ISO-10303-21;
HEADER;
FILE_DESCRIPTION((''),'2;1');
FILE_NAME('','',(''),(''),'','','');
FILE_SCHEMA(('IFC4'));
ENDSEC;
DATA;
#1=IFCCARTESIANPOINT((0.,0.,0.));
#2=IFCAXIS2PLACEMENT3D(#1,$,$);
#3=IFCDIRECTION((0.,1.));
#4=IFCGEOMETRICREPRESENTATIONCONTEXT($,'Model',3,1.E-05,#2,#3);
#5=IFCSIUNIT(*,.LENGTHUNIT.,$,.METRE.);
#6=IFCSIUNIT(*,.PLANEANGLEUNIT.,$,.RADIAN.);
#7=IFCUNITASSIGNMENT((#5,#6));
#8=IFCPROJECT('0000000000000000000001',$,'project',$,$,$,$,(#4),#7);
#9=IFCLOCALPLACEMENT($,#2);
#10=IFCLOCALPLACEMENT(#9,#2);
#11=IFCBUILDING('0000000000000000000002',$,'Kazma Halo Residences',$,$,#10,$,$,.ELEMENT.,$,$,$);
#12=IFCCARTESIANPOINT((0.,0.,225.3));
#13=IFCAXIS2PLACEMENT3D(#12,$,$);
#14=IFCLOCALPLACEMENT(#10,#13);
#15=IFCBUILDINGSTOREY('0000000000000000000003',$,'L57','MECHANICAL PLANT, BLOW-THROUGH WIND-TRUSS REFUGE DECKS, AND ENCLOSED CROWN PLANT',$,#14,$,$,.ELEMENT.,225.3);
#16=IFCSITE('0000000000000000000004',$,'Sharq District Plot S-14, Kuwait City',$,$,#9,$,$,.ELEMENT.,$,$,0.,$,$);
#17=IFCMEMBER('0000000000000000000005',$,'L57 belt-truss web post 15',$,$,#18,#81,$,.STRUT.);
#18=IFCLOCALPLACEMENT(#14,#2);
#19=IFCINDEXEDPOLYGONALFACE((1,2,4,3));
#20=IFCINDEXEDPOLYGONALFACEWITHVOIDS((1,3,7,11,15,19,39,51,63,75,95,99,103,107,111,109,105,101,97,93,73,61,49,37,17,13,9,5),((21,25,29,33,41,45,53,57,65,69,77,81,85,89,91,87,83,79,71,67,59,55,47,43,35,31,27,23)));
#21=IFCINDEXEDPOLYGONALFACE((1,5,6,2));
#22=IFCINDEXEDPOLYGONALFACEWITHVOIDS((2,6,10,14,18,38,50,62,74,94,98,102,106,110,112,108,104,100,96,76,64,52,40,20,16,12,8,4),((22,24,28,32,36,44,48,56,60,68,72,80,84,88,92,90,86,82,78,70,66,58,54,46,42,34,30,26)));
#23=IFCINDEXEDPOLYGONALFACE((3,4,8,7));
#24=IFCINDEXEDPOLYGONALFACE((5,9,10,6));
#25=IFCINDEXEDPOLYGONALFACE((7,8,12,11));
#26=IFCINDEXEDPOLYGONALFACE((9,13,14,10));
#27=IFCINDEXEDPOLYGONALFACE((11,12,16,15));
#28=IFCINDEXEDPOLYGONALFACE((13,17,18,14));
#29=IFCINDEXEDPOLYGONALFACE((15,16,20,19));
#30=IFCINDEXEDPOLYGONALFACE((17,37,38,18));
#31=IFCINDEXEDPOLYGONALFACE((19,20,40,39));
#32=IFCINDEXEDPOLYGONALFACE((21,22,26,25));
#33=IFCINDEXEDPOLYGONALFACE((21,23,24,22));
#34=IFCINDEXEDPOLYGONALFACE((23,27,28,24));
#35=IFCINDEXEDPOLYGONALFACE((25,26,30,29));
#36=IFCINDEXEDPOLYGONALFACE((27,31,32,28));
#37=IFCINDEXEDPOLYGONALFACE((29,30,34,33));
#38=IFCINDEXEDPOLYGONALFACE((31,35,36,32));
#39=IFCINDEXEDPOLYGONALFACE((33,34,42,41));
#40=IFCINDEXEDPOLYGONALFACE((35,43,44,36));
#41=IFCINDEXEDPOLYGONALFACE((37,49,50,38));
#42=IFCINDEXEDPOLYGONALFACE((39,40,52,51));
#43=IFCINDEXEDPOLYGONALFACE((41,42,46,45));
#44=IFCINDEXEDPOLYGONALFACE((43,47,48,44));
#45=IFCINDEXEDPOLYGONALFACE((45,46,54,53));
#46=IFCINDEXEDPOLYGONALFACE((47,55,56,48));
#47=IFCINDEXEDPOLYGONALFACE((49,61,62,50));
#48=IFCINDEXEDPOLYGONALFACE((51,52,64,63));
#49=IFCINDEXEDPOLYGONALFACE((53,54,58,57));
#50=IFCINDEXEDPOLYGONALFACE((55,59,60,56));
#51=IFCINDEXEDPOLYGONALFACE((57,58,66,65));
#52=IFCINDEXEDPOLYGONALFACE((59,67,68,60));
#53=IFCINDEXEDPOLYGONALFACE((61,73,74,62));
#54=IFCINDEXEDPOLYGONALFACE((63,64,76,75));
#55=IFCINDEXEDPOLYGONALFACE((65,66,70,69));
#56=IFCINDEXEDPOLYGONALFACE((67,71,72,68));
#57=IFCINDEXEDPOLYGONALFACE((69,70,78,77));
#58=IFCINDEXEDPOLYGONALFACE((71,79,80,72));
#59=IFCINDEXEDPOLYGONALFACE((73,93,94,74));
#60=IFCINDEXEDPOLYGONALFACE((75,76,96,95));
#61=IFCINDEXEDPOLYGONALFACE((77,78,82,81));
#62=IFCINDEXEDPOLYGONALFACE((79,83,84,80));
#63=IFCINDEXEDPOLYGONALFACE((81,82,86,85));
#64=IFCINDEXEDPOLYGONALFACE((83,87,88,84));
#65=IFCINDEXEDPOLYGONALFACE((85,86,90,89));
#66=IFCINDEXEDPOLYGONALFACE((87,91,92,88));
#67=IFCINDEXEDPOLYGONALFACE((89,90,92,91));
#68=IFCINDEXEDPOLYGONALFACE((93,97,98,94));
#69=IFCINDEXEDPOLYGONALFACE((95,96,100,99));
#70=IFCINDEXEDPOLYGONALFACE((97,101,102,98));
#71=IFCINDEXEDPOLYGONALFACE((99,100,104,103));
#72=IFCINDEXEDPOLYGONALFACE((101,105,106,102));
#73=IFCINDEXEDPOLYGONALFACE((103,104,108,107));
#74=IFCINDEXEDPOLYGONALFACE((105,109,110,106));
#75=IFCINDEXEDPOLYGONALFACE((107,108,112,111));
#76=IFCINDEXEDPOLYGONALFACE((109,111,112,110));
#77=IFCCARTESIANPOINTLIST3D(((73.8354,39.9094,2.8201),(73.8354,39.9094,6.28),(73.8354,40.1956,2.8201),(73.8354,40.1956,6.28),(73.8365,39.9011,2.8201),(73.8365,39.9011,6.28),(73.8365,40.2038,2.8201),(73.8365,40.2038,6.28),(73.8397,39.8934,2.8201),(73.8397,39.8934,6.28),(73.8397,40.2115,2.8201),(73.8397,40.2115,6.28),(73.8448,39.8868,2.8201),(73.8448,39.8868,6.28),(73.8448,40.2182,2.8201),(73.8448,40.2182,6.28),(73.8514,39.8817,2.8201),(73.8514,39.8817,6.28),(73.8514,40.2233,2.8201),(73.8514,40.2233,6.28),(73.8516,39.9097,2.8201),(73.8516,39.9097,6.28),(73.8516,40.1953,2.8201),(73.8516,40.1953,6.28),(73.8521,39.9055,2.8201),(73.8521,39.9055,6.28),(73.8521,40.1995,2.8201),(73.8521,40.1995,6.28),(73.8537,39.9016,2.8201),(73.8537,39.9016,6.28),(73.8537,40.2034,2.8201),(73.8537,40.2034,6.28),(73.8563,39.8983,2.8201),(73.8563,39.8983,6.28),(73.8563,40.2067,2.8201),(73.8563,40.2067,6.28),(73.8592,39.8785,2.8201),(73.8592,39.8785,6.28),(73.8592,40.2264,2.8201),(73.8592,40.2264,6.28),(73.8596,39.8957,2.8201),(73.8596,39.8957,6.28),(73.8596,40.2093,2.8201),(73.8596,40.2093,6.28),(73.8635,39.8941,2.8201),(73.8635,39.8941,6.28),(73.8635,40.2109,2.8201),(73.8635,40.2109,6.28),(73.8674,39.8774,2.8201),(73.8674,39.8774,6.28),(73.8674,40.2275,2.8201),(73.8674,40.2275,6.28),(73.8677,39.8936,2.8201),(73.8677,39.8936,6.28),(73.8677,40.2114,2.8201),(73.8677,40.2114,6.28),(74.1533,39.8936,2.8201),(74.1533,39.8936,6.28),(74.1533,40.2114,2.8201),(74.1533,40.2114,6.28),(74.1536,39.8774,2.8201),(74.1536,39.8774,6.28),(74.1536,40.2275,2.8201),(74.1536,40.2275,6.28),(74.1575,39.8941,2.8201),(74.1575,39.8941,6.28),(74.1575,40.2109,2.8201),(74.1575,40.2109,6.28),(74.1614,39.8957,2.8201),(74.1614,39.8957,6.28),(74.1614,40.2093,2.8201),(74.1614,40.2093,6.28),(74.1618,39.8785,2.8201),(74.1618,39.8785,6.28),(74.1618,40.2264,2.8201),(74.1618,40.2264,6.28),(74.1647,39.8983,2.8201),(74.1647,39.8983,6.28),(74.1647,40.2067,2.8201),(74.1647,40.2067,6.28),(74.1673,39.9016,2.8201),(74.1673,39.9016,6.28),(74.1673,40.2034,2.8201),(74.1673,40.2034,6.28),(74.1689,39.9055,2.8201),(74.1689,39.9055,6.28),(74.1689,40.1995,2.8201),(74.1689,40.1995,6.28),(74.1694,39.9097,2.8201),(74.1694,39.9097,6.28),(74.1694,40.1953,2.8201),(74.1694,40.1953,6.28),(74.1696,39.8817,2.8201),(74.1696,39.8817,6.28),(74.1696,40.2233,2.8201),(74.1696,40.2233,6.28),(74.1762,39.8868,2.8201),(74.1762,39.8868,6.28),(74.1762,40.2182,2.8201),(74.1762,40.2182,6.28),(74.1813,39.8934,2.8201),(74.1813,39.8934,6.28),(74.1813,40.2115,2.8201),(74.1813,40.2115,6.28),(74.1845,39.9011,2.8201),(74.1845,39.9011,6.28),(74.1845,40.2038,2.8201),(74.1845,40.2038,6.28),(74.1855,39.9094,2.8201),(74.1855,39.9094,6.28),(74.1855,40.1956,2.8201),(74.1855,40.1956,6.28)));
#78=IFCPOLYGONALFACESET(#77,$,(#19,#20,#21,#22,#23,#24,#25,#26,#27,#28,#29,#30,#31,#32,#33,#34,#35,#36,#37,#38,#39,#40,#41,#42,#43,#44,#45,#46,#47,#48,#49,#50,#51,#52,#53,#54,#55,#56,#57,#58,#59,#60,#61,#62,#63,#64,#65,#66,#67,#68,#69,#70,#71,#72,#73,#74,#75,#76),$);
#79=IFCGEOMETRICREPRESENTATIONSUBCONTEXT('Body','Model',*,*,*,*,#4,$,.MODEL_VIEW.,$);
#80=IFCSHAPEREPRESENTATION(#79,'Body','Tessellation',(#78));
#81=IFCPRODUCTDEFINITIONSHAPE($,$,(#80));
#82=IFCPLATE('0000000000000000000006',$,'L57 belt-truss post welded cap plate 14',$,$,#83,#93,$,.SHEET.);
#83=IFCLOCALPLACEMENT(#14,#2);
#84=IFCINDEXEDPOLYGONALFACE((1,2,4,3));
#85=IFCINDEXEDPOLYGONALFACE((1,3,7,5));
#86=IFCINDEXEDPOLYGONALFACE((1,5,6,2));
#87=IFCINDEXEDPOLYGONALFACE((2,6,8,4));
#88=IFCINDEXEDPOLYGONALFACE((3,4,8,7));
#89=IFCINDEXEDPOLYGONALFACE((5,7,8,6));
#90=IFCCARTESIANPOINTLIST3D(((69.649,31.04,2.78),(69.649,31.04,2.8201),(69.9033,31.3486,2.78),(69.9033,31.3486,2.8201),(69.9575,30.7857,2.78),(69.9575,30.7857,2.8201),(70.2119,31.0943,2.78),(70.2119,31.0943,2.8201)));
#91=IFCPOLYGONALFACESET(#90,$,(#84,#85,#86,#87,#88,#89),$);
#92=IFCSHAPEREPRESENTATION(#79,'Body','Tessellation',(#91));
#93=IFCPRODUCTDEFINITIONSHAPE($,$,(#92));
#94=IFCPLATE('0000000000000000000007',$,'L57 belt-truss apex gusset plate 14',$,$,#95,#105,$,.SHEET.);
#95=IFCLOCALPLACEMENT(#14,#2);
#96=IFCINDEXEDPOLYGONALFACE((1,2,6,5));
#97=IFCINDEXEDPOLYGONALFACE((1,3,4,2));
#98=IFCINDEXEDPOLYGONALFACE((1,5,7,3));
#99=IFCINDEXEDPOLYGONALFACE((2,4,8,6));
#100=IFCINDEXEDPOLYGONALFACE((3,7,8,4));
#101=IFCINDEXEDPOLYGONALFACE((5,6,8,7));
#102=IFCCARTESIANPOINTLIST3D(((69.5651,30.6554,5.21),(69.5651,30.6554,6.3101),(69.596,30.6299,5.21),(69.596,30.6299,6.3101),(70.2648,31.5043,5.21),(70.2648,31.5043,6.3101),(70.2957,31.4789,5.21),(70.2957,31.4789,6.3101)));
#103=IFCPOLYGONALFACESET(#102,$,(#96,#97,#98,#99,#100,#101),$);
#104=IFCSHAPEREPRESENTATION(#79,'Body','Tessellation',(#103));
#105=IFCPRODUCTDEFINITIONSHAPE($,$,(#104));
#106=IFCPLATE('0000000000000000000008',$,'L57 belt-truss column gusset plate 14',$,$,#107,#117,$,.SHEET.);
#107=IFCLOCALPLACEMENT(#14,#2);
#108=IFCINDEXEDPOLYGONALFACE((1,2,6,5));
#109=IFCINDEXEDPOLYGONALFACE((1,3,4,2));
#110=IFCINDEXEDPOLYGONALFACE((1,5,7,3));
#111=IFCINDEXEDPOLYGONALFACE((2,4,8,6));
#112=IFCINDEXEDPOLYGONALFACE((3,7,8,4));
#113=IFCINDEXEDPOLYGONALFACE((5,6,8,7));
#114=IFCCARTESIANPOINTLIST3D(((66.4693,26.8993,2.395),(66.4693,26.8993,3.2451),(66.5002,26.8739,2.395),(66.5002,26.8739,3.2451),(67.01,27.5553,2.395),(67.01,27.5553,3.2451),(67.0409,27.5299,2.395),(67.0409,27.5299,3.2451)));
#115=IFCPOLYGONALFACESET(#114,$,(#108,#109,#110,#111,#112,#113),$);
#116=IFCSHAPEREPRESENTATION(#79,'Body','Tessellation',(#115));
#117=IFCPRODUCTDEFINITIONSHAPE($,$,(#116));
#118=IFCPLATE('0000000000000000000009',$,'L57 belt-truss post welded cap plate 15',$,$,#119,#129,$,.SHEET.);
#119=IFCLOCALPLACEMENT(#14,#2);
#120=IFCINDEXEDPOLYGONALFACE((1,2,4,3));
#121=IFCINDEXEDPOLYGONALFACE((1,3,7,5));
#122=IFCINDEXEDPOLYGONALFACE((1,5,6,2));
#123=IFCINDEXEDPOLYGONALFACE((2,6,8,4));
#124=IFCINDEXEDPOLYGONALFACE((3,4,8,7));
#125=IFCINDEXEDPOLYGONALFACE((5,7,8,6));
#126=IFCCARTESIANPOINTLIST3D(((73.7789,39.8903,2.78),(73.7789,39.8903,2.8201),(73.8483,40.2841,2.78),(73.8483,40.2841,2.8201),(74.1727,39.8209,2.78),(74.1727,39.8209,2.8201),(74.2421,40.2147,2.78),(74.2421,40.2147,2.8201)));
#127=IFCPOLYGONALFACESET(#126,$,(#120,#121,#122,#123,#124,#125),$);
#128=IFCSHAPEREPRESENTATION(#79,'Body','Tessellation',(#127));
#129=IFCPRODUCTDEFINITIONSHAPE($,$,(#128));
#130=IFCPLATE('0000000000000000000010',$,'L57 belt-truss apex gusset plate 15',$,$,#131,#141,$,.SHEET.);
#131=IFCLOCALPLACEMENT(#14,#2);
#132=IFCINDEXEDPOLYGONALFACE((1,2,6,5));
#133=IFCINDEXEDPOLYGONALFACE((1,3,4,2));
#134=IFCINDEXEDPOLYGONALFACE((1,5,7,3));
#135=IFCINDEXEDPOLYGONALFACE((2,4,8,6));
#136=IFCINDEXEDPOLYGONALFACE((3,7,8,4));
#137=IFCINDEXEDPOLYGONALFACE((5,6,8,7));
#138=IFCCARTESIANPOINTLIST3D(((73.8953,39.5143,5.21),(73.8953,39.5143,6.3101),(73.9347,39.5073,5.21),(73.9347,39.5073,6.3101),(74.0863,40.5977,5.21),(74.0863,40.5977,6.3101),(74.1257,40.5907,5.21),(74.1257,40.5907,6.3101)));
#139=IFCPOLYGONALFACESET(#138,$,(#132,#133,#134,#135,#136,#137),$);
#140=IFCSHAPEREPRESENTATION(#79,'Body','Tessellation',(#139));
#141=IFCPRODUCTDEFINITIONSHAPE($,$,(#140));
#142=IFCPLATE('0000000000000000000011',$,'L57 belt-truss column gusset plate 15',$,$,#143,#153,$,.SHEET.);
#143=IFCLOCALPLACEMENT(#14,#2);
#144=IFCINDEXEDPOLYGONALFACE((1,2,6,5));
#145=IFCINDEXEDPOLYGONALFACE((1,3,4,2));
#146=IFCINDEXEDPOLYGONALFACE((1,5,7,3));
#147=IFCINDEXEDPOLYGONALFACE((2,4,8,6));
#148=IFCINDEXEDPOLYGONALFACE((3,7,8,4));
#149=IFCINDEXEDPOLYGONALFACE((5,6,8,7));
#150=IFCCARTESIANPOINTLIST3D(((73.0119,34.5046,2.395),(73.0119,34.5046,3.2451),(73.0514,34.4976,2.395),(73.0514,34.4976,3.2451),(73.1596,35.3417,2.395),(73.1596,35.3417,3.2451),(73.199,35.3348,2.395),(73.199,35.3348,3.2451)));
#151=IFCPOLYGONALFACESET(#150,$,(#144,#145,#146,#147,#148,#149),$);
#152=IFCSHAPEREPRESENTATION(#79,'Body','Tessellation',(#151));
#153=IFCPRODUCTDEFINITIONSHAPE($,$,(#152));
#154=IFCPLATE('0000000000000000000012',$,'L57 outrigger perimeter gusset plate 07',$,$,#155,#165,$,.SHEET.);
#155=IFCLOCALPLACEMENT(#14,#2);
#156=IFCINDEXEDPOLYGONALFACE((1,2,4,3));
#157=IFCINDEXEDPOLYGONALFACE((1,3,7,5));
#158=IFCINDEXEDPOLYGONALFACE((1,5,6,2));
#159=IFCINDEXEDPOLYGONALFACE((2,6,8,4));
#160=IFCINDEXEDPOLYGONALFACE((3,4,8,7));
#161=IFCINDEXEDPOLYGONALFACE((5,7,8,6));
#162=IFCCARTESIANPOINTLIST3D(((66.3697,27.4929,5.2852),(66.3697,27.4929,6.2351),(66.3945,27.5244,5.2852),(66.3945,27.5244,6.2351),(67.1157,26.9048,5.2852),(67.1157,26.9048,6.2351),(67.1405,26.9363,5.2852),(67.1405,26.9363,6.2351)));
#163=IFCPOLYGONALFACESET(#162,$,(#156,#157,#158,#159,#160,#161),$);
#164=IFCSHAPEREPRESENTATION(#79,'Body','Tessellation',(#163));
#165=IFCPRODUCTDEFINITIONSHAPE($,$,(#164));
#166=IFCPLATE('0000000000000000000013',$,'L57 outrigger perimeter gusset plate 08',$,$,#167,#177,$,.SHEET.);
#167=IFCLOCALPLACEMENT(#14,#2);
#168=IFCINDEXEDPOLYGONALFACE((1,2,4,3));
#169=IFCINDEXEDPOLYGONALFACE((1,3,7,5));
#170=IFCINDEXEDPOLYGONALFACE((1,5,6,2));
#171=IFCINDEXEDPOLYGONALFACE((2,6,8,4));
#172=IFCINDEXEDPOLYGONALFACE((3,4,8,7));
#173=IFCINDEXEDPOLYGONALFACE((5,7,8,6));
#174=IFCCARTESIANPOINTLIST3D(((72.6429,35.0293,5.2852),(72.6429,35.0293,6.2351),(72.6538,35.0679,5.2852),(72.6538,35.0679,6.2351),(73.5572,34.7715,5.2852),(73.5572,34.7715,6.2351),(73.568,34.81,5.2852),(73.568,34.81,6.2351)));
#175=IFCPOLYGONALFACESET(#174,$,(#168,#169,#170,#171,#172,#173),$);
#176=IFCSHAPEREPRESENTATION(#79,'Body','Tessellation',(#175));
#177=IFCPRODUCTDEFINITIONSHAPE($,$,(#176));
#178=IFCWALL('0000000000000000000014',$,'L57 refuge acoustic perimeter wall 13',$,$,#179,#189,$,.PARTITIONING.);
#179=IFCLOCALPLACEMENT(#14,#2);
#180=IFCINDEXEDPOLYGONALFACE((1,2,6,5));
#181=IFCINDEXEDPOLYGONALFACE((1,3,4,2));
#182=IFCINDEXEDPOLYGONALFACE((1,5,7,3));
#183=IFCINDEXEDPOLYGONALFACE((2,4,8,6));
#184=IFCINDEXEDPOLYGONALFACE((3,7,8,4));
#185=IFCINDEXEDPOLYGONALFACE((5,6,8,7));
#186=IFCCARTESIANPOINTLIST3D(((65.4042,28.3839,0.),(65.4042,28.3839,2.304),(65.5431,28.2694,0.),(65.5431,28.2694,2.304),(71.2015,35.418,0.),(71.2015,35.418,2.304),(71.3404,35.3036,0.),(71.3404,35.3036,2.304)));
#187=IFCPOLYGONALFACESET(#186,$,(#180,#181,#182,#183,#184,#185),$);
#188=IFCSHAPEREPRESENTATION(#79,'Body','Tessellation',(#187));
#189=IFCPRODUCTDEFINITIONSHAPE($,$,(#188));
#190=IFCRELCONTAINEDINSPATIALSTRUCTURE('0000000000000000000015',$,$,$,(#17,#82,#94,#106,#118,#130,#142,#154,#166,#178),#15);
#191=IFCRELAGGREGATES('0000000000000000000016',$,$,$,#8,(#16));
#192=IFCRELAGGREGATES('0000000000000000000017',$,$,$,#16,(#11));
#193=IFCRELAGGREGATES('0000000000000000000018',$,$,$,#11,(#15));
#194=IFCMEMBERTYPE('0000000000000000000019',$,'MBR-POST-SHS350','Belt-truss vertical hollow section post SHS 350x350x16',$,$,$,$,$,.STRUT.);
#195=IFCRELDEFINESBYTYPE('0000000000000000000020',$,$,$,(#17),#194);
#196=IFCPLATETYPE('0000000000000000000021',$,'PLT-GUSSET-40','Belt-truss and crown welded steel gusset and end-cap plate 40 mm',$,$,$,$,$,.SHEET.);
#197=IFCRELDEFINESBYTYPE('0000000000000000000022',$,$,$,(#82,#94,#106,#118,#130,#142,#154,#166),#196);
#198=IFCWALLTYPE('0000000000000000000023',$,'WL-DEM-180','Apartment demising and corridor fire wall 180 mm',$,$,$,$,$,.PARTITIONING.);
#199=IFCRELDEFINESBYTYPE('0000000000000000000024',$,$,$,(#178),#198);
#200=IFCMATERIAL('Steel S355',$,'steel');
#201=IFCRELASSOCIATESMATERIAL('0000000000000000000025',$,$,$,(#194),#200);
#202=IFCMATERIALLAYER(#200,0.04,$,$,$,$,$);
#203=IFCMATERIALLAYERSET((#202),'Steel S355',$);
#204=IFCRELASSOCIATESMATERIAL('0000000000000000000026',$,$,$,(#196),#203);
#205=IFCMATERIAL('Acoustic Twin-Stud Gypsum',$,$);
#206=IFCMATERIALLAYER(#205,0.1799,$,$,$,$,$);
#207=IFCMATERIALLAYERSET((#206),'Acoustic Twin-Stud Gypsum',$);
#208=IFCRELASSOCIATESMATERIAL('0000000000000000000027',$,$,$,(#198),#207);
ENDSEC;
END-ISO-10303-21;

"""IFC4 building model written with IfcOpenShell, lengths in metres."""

from ifc_helpers import new_model, si_unit, direction, frame, frame_2d, origin, origin_2d, place, context, subcontext, project, spatial, rectangle, hollow_rectangle, extrude, material, layer, layer_set, material_profile, profile_set, type_object, element, save


model = new_model("IFC4")

# Units and contexts
model_context = context("Model", 3, precision=1e-05, world=origin(), true_north=direction((0.0, 1.0)))
body_context = subcontext(model_context, "Body", "Model", "MODEL_VIEW")
ifc_project = project(units=[si_unit("LENGTHUNIT", "METRE"), si_unit("PLANEANGLEUNIT", "RADIAN")], contexts=[model_context])

# Site, building, storey
site_placement = place(None, origin())
site = spatial("IfcSite", under=ifc_project, at=site_placement, Name="Sharq District Plot S-14, Kuwait City", CompositionType="ELEMENT", RefElevation=0.0)
building_placement = place(site_placement, origin())
building = spatial("IfcBuilding", under=site, at=building_placement, Name="Kazma Halo Residences", CompositionType="ELEMENT")
storey_placement = place(building_placement, frame((0.0, 0.0, 225.3)))
storey = spatial("IfcBuildingStorey", under=building, at=storey_placement, Name="L57", Description="MECHANICAL PLANT, BLOW-THROUGH WIND-TRUSS REFUGE DECKS, AND ENCLOSED CROWN PLANT", CompositionType="ELEMENT", Elevation=225.3)

# Shared definitions
ifc_material_1 = material(Name="Steel S355", Category="steel")

# Member
ifc_material_profile_1 = material_profile(ifc_material_1, hollow_rectangle(XDim=0.3501, YDim=0.3501, WallThickness=0.0161, InnerFilletRadius=0.0161, OuterFilletRadius=0.032, at=origin_2d()), Name="SHS350x350x16")
ifc_profile_set_1 = profile_set([ifc_material_profile_1], Name="Steel S355")
member_type_1 = type_object("IfcMemberType", Name="MBR-POST-SHS350", Description="Belt-truss vertical hollow section post SHS 350x350x16", PredefinedType="STRUT", material=ifc_profile_set_1)
for number, where, z_axis, x_axis, name in (
    (1, (74.0105, 40.0525, 2.8201), (0.0, 0.0, 1.0), (1.0, 0.0, 0.0), "L57 belt-truss web post 15"),
):
    element("IfcMember", number, at=place(storey_placement, frame(where, z_axis=z_axis, x_axis=x_axis)), inside=storey, type_object=member_type_1, Name=name, PredefinedType="STRUT", context=body_context, shape_type="SweptSolid", body=[
        extrude(hollow_rectangle(XDim=0.3501, YDim=0.3501, WallThickness=0.0161, InnerFilletRadius=0.0161, OuterFilletRadius=0.032, at=origin_2d()), origin(), (0.0, 0.0, 1.0), 3.46),
    ])

# Plates
ifc_layer_1 = layer(ifc_material_1, 0.04)
ifc_layer_set_1 = layer_set([ifc_layer_1], Name="Steel S355")
plate_type = type_object("IfcPlateType", Name="PLT-GUSSET-40", Description="Belt-truss and crown welded steel gusset and end-cap plate 40 mm", PredefinedType="SHEET", material=ifc_layer_set_1)
plate_1_placement = place(storey_placement, frame((69.9304, 31.0671, 2.78), z_axis=(0.0, 0.0, 1.0), x_axis=(0.636011, 0.77168, 0.0)))
element("IfcPlate", 2, at=plate_1_placement, inside=storey, type_object=plate_type, Name="L57 belt-truss post welded cap plate 14", PredefinedType="SHEET", context=body_context, shape_type="SweptSolid", body=[
    extrude(rectangle(XDim=0.3999, YDim=0.3999, at=origin_2d()), origin(), (0.0, 0.0, 1.0), 0.04),
])
plate_2_placement = place(storey_placement, frame((69.9304, 31.0671, 5.21), z_axis=(0.0, 0.0, 1.0), x_axis=(0.636011, 0.77168, 0.0)))
element("IfcPlate", 3, at=plate_2_placement, inside=storey, type_object=plate_type, Name="L57 belt-truss apex gusset plate 14", PredefinedType="SHEET", context=body_context, shape_type="SweptSolid", body=[
    extrude(rectangle(XDim=1.1001, YDim=0.04, at=origin_2d()), origin(), (0.0, 0.0, 1.0), 1.1001),
])
plate_3_placement = place(storey_placement, frame((66.7551, 27.2146, 2.395), z_axis=(0.0, 0.0, 1.0), x_axis=(0.636011, 0.77168, 0.0)))
element("IfcPlate", 4, at=plate_3_placement, inside=storey, type_object=plate_type, Name="L57 belt-truss column gusset plate 14", PredefinedType="SHEET", context=body_context, shape_type="SweptSolid", body=[
    extrude(rectangle(XDim=0.8501, YDim=0.04, at=origin_2d()), origin(), (0.0, 0.0, 1.0), 0.8501),
])
plate_4_placement = place(storey_placement, frame((74.0105, 40.0525, 2.78), z_axis=(0.0, 0.0, 1.0), x_axis=(0.173649, 0.984808, 0.0)))
element("IfcPlate", 5, at=plate_4_placement, inside=storey, type_object=plate_type, Name="L57 belt-truss post welded cap plate 15", PredefinedType="SHEET", context=body_context, shape_type="SweptSolid", body=[
    extrude(rectangle(XDim=0.3999, YDim=0.3999, at=origin_2d()), origin(), (0.0, 0.0, 1.0), 0.04),
])
plate_5_placement = place(storey_placement, frame((74.0105, 40.0525, 5.21), z_axis=(0.0, 0.0, 1.0), x_axis=(0.173649, 0.984808, 0.0)))
element("IfcPlate", 6, at=plate_5_placement, inside=storey, type_object=plate_type, Name="L57 belt-truss apex gusset plate 15", PredefinedType="SHEET", context=body_context, shape_type="SweptSolid", body=[
    extrude(rectangle(XDim=1.1001, YDim=0.04, at=origin_2d()), origin(), (0.0, 0.0, 1.0), 1.1001),
])
plate_6_placement = place(storey_placement, frame((73.1055, 34.9197, 2.395), z_axis=(0.0, 0.0, 1.0), x_axis=(0.173649, 0.984808, 0.0)))
element("IfcPlate", 7, at=plate_6_placement, inside=storey, type_object=plate_type, Name="L57 belt-truss column gusset plate 15", PredefinedType="SHEET", context=body_context, shape_type="SweptSolid", body=[
    extrude(rectangle(XDim=0.8501, YDim=0.04, at=origin_2d()), origin(), (0.0, 0.0, 1.0), 0.8501),
])
for number, where, z_axis, x_axis, name in (
    (8, (66.7551, 27.2146, 5.2852), (0.0, 0.0, 1.0), (0.785319, -0.619092, 0.0), "L57 outrigger perimeter gusset plate 07"),
    (9, (73.1055, 34.9197, 5.2852), (0.0, 0.0, 1.0), (0.962457, -0.271436, 0.0), "L57 outrigger perimeter gusset plate 08"),
):
    element("IfcPlate", number, at=place(storey_placement, frame(where, z_axis=z_axis, x_axis=x_axis)), inside=storey, type_object=plate_type, Name=name, PredefinedType="SHEET", context=body_context, shape_type="SweptSolid", body=[
        extrude(rectangle(XDim=0.95, YDim=0.04, at=origin_2d()), origin(), (0.0, 0.0, 1.0), 0.95),
    ])

# Wall
ifc_material_2 = material(Name="Acoustic Twin-Stud Gypsum")
ifc_layer_2 = layer(ifc_material_2, 0.1799)
ifc_layer_set_2 = layer_set([ifc_layer_2], Name="Acoustic Twin-Stud Gypsum")
wall_type = type_object("IfcWallType", Name="WL-DEM-180", Description="Apartment demising and corridor fire wall 180 mm", PredefinedType="PARTITIONING", material=ifc_layer_set_2)
wall_1_placement = place(storey_placement, frame((65.4736, 28.3267, 0.0), z_axis=(0.0, 0.0, 1.0), x_axis=(0.636002, 0.771687, 0.0)))
element("IfcWall", 10, at=wall_1_placement, inside=storey, type_object=wall_type, Name="L57 refuge acoustic perimeter wall 13", PredefinedType="PARTITIONING", context=body_context, shape_type="SweptSolid", body=[
    extrude(rectangle(XDim=9.1152, YDim=0.1799, at=frame_2d((4.5576, 0.0))), origin(), (0.0, 0.0, 1.0), 2.304),
])

save(model, "model.ifc")
